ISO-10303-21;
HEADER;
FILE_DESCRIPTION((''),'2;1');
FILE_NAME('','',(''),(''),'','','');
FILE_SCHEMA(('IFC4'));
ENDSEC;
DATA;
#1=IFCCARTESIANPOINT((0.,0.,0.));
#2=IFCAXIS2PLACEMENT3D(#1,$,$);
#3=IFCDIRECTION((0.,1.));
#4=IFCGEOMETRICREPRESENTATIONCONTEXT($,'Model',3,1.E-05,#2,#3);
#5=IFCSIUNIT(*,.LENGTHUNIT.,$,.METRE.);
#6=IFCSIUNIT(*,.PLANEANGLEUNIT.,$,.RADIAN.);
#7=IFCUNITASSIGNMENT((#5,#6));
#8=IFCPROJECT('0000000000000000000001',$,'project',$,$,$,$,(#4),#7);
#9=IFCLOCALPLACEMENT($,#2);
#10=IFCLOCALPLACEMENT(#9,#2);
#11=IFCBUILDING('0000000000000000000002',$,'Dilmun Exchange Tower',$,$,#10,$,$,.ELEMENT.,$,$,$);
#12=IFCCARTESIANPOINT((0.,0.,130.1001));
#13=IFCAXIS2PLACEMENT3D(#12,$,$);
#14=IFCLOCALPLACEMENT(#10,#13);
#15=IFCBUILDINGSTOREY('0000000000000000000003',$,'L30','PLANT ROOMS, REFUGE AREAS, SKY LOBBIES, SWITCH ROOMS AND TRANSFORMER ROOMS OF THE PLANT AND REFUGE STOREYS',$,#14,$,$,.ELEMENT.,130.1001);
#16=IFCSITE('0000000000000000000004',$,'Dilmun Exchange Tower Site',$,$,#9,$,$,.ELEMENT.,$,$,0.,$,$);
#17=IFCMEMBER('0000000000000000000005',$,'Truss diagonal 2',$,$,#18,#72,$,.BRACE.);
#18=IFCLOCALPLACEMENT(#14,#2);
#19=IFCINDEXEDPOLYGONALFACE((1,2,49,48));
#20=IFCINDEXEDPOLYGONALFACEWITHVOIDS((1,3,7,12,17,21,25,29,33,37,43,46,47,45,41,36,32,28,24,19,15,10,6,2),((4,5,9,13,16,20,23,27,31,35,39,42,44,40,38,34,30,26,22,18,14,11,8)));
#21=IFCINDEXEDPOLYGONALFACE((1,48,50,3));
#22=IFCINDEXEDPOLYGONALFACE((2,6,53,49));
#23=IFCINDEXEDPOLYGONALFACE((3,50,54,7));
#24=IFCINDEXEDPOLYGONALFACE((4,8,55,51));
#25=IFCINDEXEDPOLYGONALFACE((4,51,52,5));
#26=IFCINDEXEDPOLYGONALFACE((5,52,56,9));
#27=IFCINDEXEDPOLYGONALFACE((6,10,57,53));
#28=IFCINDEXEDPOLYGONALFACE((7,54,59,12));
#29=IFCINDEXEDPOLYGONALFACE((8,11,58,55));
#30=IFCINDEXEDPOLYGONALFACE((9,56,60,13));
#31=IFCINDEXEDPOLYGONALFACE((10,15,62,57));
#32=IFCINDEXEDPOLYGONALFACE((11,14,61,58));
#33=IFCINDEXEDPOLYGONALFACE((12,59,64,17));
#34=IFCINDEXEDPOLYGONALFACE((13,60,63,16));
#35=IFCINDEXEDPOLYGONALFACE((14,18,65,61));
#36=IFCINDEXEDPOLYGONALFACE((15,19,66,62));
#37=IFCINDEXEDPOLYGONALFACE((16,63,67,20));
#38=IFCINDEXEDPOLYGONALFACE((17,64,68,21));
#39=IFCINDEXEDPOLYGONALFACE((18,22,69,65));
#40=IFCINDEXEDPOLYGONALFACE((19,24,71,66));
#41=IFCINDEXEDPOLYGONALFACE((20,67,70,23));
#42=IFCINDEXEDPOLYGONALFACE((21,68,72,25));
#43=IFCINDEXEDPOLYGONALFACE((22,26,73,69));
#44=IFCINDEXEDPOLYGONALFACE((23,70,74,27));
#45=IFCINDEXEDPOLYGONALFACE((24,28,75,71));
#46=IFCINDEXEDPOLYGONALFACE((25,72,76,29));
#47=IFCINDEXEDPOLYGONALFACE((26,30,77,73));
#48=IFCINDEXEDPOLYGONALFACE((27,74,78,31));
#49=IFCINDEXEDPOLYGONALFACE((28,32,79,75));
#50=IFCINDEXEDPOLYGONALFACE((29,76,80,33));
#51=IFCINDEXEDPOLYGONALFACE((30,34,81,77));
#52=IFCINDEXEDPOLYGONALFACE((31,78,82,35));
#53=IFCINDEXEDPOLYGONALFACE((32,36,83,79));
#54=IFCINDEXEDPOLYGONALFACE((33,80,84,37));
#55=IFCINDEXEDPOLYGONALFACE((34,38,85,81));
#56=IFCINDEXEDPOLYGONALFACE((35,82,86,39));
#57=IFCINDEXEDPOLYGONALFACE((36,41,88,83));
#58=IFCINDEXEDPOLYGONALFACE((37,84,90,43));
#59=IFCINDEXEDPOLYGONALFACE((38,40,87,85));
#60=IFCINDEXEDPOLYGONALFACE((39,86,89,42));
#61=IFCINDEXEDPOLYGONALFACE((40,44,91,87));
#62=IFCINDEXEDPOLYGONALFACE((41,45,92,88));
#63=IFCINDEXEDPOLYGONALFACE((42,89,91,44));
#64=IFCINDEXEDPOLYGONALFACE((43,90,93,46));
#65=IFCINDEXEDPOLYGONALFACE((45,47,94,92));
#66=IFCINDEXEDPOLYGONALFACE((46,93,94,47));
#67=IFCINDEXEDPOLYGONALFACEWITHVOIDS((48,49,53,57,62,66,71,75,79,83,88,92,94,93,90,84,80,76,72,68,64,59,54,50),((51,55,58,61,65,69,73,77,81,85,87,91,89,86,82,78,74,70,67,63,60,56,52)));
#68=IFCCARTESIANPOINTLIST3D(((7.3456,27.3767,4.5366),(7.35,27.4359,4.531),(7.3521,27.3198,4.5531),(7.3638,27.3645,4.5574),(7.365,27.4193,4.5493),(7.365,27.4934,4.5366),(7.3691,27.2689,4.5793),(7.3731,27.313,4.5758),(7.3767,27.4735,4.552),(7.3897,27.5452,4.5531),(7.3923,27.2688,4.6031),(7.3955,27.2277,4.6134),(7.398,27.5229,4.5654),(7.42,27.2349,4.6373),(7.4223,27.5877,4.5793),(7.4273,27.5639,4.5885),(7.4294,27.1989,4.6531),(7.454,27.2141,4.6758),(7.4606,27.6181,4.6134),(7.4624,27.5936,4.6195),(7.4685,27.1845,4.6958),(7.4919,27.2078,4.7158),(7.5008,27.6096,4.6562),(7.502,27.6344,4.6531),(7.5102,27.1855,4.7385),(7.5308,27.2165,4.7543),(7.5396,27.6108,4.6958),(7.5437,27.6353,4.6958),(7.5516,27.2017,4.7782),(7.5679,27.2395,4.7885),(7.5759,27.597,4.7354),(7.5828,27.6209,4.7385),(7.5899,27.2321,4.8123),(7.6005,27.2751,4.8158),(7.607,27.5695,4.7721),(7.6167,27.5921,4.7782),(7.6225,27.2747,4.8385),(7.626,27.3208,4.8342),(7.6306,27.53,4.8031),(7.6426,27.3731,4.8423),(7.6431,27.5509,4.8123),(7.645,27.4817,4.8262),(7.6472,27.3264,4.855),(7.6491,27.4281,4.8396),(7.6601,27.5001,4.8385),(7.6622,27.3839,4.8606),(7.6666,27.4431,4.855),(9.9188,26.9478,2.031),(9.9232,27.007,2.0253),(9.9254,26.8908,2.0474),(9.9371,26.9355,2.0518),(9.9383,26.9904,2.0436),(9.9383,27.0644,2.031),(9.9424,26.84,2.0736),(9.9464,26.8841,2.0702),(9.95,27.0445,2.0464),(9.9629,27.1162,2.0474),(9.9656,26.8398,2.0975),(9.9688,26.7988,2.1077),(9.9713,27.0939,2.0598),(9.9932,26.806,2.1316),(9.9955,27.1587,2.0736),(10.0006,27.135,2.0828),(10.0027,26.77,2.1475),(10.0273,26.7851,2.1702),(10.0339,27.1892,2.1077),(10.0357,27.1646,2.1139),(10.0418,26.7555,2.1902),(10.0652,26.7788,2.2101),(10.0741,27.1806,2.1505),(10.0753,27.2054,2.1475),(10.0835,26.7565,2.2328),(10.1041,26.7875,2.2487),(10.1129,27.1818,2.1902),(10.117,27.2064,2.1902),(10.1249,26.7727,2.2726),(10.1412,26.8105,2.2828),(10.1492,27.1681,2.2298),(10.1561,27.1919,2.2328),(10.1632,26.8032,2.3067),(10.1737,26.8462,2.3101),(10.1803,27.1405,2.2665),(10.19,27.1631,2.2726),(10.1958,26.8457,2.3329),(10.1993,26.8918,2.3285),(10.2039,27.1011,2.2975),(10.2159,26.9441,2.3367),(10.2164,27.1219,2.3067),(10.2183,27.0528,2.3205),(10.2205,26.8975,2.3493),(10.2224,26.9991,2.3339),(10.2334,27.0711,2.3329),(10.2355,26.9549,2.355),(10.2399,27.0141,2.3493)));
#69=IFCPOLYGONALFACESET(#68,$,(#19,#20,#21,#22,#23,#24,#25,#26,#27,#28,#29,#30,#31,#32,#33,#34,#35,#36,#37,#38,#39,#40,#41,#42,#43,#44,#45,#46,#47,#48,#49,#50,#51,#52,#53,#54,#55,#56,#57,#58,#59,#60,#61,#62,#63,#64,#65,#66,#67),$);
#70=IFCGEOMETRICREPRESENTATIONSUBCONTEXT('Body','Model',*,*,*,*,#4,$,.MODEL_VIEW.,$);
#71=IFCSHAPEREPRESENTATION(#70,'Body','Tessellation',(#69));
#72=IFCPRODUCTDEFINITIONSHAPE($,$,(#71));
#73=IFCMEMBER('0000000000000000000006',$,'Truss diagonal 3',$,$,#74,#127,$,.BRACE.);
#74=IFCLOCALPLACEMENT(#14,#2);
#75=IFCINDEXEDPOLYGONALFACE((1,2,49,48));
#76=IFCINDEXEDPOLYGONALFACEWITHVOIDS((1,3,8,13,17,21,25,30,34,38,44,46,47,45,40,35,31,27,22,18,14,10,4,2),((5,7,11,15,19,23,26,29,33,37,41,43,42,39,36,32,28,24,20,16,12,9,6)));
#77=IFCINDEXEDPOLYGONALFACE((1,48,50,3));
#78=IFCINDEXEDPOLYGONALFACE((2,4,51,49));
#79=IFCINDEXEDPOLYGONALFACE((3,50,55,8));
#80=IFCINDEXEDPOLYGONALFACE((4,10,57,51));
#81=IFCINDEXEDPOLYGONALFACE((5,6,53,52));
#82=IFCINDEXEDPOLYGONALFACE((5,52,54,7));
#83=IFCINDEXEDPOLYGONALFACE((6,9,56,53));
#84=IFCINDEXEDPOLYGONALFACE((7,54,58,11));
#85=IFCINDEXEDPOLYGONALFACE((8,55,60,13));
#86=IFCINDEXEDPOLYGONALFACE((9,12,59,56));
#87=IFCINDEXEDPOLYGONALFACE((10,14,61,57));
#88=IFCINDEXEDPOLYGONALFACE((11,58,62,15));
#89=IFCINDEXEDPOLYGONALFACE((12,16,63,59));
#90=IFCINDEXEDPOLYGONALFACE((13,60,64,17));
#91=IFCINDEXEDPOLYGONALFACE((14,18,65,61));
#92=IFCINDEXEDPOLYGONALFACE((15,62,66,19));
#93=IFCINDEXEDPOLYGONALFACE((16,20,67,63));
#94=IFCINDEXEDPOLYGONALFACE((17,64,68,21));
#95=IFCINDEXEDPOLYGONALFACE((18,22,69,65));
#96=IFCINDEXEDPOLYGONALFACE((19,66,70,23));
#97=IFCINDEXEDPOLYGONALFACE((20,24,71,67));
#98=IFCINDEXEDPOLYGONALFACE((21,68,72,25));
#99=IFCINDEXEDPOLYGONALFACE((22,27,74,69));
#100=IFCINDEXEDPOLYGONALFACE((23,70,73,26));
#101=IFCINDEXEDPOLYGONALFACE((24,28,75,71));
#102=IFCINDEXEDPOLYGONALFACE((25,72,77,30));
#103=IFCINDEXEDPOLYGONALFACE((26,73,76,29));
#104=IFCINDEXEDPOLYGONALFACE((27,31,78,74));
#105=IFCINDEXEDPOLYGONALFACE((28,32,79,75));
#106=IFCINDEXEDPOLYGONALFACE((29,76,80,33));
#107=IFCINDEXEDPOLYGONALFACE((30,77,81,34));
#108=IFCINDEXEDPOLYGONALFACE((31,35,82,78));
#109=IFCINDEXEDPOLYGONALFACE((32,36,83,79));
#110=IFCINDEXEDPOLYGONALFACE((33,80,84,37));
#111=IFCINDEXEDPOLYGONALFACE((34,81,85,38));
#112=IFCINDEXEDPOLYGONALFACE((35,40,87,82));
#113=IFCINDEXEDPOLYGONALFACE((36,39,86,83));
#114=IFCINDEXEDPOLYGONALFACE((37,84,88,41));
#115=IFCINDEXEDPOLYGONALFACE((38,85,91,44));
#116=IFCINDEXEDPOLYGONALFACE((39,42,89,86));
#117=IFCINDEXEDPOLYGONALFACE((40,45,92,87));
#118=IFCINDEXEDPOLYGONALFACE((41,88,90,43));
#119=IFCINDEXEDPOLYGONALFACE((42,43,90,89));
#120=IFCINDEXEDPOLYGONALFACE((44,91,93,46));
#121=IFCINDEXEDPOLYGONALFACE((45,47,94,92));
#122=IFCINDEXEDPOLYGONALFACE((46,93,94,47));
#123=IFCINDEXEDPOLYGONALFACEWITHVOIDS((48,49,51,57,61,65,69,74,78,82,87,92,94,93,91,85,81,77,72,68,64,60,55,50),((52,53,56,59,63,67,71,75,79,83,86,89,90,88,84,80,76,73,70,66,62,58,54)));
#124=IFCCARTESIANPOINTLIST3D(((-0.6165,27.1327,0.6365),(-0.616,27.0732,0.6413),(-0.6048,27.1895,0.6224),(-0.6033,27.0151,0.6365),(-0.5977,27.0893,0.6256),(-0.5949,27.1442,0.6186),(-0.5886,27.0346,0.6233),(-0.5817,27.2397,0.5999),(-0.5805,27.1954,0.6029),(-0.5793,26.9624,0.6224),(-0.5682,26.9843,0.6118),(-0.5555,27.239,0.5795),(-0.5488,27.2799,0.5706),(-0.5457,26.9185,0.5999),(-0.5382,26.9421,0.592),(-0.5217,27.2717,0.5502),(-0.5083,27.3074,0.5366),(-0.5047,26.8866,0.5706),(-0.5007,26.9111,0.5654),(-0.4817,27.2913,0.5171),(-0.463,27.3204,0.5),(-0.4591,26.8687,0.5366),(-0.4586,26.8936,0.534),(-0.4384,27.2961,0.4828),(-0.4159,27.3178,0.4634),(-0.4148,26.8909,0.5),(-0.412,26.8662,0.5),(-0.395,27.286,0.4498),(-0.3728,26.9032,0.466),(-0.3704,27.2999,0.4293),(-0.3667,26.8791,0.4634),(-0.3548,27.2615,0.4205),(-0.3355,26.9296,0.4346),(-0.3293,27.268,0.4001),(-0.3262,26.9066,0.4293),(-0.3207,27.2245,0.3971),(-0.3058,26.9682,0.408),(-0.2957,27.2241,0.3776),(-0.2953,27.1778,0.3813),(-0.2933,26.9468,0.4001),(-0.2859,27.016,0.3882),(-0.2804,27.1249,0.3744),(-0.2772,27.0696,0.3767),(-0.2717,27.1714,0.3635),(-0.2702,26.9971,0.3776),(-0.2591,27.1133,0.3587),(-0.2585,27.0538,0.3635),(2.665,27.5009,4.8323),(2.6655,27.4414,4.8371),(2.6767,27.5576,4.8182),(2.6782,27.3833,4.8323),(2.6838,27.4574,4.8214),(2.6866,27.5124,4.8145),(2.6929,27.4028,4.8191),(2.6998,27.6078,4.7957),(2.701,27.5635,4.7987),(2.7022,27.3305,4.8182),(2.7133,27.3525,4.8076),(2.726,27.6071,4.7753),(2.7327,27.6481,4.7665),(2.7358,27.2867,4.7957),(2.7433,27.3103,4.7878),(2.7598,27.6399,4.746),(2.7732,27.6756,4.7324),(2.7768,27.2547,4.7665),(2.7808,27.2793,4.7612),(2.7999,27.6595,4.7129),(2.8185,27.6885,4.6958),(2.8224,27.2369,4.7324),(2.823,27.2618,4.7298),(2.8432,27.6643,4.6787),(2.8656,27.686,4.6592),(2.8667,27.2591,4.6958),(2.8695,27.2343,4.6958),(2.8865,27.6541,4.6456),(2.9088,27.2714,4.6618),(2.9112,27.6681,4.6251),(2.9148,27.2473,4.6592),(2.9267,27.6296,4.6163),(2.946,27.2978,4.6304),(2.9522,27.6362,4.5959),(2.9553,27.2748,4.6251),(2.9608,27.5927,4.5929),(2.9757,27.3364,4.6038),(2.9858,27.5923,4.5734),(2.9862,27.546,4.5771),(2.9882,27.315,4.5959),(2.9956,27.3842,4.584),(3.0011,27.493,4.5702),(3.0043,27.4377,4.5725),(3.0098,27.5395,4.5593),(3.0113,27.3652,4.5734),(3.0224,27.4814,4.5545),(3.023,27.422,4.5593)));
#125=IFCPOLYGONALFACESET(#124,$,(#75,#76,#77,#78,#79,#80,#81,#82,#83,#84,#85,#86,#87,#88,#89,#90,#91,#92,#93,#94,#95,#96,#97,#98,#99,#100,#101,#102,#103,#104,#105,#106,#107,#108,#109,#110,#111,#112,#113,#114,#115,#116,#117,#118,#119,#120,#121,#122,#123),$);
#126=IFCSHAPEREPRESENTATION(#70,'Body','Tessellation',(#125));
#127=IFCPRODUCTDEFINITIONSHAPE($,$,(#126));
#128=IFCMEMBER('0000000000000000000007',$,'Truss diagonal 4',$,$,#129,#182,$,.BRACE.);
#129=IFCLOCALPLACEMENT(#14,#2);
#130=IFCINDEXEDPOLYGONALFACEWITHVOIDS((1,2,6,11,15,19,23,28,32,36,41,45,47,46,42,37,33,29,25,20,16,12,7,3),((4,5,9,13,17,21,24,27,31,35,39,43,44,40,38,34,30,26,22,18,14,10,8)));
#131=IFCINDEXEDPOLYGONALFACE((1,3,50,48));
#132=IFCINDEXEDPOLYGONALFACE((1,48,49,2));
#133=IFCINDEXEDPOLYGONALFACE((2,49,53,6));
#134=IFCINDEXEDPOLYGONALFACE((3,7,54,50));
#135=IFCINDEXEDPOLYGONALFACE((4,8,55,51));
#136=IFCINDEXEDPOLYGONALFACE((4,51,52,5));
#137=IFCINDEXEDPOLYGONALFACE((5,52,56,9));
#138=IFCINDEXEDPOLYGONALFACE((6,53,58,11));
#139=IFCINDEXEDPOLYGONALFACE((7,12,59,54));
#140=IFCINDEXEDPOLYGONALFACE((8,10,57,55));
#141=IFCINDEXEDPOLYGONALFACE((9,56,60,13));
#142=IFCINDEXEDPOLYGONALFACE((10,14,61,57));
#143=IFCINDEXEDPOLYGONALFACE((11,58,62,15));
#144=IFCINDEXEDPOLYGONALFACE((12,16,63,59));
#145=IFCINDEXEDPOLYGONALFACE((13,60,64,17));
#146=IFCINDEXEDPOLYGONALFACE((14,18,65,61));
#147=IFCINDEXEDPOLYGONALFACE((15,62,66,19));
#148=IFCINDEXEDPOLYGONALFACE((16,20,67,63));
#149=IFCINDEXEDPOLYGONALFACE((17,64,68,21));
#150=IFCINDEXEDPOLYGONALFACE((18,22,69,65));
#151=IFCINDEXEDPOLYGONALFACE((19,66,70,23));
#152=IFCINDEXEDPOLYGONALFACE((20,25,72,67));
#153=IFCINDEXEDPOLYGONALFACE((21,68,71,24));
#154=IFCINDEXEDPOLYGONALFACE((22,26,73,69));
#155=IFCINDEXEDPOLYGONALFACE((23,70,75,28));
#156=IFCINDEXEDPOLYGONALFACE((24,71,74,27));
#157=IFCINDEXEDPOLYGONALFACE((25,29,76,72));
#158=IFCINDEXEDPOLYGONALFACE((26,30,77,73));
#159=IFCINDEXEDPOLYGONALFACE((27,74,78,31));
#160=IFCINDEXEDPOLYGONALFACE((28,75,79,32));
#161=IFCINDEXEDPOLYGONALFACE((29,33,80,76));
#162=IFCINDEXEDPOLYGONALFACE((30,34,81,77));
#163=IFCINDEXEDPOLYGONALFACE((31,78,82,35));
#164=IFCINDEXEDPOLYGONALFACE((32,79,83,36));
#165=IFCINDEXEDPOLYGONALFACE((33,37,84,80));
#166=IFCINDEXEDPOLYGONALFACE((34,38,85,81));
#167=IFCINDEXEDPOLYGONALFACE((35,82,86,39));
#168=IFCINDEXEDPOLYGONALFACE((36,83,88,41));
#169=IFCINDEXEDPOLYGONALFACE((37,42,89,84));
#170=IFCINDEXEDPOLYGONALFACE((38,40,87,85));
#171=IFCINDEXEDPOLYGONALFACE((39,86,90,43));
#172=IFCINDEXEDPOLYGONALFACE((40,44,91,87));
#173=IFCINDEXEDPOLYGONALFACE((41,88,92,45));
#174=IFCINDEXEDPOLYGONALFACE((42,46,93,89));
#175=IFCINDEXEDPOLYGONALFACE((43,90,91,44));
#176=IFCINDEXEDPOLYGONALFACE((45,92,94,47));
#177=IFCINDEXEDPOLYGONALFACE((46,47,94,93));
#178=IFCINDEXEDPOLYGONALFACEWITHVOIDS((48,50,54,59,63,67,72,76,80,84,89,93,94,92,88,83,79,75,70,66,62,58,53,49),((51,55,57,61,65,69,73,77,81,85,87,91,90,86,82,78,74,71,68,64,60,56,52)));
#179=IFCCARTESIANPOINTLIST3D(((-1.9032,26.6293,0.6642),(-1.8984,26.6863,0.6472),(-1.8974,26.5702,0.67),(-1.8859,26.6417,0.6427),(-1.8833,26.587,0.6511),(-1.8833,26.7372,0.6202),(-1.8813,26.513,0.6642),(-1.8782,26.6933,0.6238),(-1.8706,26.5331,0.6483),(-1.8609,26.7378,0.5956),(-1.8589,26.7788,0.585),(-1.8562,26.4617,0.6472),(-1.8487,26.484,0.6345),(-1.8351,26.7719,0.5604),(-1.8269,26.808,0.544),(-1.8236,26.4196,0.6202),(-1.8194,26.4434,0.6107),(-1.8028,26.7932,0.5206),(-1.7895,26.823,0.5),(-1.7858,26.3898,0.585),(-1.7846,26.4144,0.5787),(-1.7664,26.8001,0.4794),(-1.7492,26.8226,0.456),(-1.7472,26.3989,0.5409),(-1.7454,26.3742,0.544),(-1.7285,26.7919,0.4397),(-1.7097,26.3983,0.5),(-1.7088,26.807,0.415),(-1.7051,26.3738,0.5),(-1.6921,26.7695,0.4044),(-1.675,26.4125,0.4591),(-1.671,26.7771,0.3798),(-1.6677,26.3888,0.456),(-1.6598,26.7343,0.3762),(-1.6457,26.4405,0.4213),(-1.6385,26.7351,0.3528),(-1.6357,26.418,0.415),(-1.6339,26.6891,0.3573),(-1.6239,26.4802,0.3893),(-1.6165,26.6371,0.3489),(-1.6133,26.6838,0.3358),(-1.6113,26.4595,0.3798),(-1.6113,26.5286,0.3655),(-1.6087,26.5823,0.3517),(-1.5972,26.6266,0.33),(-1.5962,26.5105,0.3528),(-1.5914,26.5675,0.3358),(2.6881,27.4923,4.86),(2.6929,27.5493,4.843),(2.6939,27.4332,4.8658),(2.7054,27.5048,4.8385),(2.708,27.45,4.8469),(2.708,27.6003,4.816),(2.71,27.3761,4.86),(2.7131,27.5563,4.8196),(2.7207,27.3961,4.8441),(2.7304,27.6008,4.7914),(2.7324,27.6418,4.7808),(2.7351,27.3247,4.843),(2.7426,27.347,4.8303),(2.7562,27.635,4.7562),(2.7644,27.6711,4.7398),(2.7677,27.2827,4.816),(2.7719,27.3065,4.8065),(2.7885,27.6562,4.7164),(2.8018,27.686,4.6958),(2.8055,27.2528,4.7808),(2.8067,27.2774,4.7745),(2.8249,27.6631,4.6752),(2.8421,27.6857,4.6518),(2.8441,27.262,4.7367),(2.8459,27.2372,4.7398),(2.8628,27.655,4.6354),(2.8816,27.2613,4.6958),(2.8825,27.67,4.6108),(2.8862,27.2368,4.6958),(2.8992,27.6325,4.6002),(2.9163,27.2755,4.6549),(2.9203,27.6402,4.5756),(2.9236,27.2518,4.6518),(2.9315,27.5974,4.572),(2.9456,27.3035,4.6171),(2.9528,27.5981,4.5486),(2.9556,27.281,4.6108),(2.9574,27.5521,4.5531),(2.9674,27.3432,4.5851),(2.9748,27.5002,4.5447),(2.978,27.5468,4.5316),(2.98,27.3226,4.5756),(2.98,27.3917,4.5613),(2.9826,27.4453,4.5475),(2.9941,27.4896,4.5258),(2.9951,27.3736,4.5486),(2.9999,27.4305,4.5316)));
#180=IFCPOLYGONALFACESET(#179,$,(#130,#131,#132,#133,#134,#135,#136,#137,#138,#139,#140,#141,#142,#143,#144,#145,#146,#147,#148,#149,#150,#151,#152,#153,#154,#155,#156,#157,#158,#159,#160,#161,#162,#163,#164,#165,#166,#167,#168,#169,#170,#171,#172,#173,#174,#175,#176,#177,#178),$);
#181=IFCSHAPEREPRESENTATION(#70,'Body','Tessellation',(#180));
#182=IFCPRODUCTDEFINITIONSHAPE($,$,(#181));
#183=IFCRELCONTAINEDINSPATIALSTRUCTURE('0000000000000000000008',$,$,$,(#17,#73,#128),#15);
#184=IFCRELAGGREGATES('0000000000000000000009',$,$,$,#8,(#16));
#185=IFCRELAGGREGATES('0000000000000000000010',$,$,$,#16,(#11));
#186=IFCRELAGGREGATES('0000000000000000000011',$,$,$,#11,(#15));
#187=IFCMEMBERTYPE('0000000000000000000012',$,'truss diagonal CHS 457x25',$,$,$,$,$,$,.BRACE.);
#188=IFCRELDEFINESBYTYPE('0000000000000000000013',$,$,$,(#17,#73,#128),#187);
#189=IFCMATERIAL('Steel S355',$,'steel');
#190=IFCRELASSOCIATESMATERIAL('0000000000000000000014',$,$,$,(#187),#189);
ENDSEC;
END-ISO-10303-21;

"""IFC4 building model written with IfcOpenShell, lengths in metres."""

from ifc_helpers import new_model, si_unit, direction, frame, origin, origin_2d, place, context, subcontext, project, spatial, hollow_circle, extrude, material, material_profile, profile_set, type_object, element, save


model = new_model("IFC4")

# Units and contexts
model_context = context("Model", 3, precision=1e-05, world=origin(), true_north=direction((0.0, 1.0)))
body_context = subcontext(model_context, "Body", "Model", "MODEL_VIEW")
ifc_project = project(units=[si_unit("LENGTHUNIT", "METRE"), si_unit("PLANEANGLEUNIT", "RADIAN")], contexts=[model_context])

# Site, building, storey
site_placement = place(None, origin())
site = spatial("IfcSite", under=ifc_project, at=site_placement, Name="Dilmun Exchange Tower Site", CompositionType="ELEMENT", RefElevation=0.0)
building_placement = place(site_placement, origin())
building = spatial("IfcBuilding", under=site, at=building_placement, Name="Dilmun Exchange Tower", CompositionType="ELEMENT")
storey_placement = place(building_placement, frame((0.0, 0.0, 130.1001)))
storey = spatial("IfcBuildingStorey", under=building, at=storey_placement, Name="L30", Description="PLANT ROOMS, REFUGE AREAS, SKY LOBBIES, SWITCH ROOMS AND TRANSFORMER ROOMS OF THE PLANT AND REFUGE STOREYS", CompositionType="ELEMENT", Elevation=130.1001)

# Shared definitions
ifc_material_1 = material(Name="Steel S355", Category="steel")

# Members
ifc_material_profile_1 = material_profile(ifc_material_1, hollow_circle(Radius=0.2285, WallThickness=0.0249, at=origin_2d()), Name="CHS 457x25")
ifc_profile_set_1 = profile_set([ifc_material_profile_1], Name="Steel S355")
member_type = type_object("IfcMemberType", Name="truss diagonal CHS 457x25", PredefinedType="BRACE", material=ifc_profile_set_1)
member_1_placement = place(storey_placement, frame((7.5061, 27.4099, 4.6958), z_axis=(0.711403, -0.11859, -0.692707), x_axis=(0.164429, 0.986389, 0.0)))
element("IfcMember", 1, at=member_1_placement, inside=storey, type_object=member_type, Name="Truss diagonal 2", PredefinedType="BRACE", context=body_context, shape_type="SweptSolid", body=[
    extrude(hollow_circle(Radius=0.2285, WallThickness=0.0249, at=origin_2d()), origin(), (0.0, 0.0, 1.0), 3.6172),
])
member_2_placement = place(storey_placement, frame((2.844, 27.4614, 4.6958), z_axis=(-0.614589, -0.068953, -0.785828), x_axis=(0.111495, -0.993765, 0.0)))
element("IfcMember", 2, at=member_2_placement, inside=storey, type_object=member_type, Name="Truss diagonal 3", PredefinedType="BRACE", context=body_context, shape_type="SweptSolid", body=[
    extrude(hollow_circle(Radius=0.2285, WallThickness=0.0249, at=origin_2d()), origin(), (0.0, 0.0, 1.0), 5.3394),
])
member_3_placement = place(storey_placement, frame((2.844, 27.4614, 4.6958), z_axis=(-0.731181, -0.137441, -0.668195), x_axis=(0.184737, -0.982788, 0.0)))
element("IfcMember", 3, at=member_3_placement, inside=storey, type_object=member_type, Name="Truss diagonal 4", PredefinedType="BRACE", context=body_context, shape_type="SweptSolid", body=[
    extrude(hollow_circle(Radius=0.2285, WallThickness=0.0249, at=origin_2d()), origin(), (0.0, 0.0, 1.0), 6.2793),
])

save(model, "model.ifc")
